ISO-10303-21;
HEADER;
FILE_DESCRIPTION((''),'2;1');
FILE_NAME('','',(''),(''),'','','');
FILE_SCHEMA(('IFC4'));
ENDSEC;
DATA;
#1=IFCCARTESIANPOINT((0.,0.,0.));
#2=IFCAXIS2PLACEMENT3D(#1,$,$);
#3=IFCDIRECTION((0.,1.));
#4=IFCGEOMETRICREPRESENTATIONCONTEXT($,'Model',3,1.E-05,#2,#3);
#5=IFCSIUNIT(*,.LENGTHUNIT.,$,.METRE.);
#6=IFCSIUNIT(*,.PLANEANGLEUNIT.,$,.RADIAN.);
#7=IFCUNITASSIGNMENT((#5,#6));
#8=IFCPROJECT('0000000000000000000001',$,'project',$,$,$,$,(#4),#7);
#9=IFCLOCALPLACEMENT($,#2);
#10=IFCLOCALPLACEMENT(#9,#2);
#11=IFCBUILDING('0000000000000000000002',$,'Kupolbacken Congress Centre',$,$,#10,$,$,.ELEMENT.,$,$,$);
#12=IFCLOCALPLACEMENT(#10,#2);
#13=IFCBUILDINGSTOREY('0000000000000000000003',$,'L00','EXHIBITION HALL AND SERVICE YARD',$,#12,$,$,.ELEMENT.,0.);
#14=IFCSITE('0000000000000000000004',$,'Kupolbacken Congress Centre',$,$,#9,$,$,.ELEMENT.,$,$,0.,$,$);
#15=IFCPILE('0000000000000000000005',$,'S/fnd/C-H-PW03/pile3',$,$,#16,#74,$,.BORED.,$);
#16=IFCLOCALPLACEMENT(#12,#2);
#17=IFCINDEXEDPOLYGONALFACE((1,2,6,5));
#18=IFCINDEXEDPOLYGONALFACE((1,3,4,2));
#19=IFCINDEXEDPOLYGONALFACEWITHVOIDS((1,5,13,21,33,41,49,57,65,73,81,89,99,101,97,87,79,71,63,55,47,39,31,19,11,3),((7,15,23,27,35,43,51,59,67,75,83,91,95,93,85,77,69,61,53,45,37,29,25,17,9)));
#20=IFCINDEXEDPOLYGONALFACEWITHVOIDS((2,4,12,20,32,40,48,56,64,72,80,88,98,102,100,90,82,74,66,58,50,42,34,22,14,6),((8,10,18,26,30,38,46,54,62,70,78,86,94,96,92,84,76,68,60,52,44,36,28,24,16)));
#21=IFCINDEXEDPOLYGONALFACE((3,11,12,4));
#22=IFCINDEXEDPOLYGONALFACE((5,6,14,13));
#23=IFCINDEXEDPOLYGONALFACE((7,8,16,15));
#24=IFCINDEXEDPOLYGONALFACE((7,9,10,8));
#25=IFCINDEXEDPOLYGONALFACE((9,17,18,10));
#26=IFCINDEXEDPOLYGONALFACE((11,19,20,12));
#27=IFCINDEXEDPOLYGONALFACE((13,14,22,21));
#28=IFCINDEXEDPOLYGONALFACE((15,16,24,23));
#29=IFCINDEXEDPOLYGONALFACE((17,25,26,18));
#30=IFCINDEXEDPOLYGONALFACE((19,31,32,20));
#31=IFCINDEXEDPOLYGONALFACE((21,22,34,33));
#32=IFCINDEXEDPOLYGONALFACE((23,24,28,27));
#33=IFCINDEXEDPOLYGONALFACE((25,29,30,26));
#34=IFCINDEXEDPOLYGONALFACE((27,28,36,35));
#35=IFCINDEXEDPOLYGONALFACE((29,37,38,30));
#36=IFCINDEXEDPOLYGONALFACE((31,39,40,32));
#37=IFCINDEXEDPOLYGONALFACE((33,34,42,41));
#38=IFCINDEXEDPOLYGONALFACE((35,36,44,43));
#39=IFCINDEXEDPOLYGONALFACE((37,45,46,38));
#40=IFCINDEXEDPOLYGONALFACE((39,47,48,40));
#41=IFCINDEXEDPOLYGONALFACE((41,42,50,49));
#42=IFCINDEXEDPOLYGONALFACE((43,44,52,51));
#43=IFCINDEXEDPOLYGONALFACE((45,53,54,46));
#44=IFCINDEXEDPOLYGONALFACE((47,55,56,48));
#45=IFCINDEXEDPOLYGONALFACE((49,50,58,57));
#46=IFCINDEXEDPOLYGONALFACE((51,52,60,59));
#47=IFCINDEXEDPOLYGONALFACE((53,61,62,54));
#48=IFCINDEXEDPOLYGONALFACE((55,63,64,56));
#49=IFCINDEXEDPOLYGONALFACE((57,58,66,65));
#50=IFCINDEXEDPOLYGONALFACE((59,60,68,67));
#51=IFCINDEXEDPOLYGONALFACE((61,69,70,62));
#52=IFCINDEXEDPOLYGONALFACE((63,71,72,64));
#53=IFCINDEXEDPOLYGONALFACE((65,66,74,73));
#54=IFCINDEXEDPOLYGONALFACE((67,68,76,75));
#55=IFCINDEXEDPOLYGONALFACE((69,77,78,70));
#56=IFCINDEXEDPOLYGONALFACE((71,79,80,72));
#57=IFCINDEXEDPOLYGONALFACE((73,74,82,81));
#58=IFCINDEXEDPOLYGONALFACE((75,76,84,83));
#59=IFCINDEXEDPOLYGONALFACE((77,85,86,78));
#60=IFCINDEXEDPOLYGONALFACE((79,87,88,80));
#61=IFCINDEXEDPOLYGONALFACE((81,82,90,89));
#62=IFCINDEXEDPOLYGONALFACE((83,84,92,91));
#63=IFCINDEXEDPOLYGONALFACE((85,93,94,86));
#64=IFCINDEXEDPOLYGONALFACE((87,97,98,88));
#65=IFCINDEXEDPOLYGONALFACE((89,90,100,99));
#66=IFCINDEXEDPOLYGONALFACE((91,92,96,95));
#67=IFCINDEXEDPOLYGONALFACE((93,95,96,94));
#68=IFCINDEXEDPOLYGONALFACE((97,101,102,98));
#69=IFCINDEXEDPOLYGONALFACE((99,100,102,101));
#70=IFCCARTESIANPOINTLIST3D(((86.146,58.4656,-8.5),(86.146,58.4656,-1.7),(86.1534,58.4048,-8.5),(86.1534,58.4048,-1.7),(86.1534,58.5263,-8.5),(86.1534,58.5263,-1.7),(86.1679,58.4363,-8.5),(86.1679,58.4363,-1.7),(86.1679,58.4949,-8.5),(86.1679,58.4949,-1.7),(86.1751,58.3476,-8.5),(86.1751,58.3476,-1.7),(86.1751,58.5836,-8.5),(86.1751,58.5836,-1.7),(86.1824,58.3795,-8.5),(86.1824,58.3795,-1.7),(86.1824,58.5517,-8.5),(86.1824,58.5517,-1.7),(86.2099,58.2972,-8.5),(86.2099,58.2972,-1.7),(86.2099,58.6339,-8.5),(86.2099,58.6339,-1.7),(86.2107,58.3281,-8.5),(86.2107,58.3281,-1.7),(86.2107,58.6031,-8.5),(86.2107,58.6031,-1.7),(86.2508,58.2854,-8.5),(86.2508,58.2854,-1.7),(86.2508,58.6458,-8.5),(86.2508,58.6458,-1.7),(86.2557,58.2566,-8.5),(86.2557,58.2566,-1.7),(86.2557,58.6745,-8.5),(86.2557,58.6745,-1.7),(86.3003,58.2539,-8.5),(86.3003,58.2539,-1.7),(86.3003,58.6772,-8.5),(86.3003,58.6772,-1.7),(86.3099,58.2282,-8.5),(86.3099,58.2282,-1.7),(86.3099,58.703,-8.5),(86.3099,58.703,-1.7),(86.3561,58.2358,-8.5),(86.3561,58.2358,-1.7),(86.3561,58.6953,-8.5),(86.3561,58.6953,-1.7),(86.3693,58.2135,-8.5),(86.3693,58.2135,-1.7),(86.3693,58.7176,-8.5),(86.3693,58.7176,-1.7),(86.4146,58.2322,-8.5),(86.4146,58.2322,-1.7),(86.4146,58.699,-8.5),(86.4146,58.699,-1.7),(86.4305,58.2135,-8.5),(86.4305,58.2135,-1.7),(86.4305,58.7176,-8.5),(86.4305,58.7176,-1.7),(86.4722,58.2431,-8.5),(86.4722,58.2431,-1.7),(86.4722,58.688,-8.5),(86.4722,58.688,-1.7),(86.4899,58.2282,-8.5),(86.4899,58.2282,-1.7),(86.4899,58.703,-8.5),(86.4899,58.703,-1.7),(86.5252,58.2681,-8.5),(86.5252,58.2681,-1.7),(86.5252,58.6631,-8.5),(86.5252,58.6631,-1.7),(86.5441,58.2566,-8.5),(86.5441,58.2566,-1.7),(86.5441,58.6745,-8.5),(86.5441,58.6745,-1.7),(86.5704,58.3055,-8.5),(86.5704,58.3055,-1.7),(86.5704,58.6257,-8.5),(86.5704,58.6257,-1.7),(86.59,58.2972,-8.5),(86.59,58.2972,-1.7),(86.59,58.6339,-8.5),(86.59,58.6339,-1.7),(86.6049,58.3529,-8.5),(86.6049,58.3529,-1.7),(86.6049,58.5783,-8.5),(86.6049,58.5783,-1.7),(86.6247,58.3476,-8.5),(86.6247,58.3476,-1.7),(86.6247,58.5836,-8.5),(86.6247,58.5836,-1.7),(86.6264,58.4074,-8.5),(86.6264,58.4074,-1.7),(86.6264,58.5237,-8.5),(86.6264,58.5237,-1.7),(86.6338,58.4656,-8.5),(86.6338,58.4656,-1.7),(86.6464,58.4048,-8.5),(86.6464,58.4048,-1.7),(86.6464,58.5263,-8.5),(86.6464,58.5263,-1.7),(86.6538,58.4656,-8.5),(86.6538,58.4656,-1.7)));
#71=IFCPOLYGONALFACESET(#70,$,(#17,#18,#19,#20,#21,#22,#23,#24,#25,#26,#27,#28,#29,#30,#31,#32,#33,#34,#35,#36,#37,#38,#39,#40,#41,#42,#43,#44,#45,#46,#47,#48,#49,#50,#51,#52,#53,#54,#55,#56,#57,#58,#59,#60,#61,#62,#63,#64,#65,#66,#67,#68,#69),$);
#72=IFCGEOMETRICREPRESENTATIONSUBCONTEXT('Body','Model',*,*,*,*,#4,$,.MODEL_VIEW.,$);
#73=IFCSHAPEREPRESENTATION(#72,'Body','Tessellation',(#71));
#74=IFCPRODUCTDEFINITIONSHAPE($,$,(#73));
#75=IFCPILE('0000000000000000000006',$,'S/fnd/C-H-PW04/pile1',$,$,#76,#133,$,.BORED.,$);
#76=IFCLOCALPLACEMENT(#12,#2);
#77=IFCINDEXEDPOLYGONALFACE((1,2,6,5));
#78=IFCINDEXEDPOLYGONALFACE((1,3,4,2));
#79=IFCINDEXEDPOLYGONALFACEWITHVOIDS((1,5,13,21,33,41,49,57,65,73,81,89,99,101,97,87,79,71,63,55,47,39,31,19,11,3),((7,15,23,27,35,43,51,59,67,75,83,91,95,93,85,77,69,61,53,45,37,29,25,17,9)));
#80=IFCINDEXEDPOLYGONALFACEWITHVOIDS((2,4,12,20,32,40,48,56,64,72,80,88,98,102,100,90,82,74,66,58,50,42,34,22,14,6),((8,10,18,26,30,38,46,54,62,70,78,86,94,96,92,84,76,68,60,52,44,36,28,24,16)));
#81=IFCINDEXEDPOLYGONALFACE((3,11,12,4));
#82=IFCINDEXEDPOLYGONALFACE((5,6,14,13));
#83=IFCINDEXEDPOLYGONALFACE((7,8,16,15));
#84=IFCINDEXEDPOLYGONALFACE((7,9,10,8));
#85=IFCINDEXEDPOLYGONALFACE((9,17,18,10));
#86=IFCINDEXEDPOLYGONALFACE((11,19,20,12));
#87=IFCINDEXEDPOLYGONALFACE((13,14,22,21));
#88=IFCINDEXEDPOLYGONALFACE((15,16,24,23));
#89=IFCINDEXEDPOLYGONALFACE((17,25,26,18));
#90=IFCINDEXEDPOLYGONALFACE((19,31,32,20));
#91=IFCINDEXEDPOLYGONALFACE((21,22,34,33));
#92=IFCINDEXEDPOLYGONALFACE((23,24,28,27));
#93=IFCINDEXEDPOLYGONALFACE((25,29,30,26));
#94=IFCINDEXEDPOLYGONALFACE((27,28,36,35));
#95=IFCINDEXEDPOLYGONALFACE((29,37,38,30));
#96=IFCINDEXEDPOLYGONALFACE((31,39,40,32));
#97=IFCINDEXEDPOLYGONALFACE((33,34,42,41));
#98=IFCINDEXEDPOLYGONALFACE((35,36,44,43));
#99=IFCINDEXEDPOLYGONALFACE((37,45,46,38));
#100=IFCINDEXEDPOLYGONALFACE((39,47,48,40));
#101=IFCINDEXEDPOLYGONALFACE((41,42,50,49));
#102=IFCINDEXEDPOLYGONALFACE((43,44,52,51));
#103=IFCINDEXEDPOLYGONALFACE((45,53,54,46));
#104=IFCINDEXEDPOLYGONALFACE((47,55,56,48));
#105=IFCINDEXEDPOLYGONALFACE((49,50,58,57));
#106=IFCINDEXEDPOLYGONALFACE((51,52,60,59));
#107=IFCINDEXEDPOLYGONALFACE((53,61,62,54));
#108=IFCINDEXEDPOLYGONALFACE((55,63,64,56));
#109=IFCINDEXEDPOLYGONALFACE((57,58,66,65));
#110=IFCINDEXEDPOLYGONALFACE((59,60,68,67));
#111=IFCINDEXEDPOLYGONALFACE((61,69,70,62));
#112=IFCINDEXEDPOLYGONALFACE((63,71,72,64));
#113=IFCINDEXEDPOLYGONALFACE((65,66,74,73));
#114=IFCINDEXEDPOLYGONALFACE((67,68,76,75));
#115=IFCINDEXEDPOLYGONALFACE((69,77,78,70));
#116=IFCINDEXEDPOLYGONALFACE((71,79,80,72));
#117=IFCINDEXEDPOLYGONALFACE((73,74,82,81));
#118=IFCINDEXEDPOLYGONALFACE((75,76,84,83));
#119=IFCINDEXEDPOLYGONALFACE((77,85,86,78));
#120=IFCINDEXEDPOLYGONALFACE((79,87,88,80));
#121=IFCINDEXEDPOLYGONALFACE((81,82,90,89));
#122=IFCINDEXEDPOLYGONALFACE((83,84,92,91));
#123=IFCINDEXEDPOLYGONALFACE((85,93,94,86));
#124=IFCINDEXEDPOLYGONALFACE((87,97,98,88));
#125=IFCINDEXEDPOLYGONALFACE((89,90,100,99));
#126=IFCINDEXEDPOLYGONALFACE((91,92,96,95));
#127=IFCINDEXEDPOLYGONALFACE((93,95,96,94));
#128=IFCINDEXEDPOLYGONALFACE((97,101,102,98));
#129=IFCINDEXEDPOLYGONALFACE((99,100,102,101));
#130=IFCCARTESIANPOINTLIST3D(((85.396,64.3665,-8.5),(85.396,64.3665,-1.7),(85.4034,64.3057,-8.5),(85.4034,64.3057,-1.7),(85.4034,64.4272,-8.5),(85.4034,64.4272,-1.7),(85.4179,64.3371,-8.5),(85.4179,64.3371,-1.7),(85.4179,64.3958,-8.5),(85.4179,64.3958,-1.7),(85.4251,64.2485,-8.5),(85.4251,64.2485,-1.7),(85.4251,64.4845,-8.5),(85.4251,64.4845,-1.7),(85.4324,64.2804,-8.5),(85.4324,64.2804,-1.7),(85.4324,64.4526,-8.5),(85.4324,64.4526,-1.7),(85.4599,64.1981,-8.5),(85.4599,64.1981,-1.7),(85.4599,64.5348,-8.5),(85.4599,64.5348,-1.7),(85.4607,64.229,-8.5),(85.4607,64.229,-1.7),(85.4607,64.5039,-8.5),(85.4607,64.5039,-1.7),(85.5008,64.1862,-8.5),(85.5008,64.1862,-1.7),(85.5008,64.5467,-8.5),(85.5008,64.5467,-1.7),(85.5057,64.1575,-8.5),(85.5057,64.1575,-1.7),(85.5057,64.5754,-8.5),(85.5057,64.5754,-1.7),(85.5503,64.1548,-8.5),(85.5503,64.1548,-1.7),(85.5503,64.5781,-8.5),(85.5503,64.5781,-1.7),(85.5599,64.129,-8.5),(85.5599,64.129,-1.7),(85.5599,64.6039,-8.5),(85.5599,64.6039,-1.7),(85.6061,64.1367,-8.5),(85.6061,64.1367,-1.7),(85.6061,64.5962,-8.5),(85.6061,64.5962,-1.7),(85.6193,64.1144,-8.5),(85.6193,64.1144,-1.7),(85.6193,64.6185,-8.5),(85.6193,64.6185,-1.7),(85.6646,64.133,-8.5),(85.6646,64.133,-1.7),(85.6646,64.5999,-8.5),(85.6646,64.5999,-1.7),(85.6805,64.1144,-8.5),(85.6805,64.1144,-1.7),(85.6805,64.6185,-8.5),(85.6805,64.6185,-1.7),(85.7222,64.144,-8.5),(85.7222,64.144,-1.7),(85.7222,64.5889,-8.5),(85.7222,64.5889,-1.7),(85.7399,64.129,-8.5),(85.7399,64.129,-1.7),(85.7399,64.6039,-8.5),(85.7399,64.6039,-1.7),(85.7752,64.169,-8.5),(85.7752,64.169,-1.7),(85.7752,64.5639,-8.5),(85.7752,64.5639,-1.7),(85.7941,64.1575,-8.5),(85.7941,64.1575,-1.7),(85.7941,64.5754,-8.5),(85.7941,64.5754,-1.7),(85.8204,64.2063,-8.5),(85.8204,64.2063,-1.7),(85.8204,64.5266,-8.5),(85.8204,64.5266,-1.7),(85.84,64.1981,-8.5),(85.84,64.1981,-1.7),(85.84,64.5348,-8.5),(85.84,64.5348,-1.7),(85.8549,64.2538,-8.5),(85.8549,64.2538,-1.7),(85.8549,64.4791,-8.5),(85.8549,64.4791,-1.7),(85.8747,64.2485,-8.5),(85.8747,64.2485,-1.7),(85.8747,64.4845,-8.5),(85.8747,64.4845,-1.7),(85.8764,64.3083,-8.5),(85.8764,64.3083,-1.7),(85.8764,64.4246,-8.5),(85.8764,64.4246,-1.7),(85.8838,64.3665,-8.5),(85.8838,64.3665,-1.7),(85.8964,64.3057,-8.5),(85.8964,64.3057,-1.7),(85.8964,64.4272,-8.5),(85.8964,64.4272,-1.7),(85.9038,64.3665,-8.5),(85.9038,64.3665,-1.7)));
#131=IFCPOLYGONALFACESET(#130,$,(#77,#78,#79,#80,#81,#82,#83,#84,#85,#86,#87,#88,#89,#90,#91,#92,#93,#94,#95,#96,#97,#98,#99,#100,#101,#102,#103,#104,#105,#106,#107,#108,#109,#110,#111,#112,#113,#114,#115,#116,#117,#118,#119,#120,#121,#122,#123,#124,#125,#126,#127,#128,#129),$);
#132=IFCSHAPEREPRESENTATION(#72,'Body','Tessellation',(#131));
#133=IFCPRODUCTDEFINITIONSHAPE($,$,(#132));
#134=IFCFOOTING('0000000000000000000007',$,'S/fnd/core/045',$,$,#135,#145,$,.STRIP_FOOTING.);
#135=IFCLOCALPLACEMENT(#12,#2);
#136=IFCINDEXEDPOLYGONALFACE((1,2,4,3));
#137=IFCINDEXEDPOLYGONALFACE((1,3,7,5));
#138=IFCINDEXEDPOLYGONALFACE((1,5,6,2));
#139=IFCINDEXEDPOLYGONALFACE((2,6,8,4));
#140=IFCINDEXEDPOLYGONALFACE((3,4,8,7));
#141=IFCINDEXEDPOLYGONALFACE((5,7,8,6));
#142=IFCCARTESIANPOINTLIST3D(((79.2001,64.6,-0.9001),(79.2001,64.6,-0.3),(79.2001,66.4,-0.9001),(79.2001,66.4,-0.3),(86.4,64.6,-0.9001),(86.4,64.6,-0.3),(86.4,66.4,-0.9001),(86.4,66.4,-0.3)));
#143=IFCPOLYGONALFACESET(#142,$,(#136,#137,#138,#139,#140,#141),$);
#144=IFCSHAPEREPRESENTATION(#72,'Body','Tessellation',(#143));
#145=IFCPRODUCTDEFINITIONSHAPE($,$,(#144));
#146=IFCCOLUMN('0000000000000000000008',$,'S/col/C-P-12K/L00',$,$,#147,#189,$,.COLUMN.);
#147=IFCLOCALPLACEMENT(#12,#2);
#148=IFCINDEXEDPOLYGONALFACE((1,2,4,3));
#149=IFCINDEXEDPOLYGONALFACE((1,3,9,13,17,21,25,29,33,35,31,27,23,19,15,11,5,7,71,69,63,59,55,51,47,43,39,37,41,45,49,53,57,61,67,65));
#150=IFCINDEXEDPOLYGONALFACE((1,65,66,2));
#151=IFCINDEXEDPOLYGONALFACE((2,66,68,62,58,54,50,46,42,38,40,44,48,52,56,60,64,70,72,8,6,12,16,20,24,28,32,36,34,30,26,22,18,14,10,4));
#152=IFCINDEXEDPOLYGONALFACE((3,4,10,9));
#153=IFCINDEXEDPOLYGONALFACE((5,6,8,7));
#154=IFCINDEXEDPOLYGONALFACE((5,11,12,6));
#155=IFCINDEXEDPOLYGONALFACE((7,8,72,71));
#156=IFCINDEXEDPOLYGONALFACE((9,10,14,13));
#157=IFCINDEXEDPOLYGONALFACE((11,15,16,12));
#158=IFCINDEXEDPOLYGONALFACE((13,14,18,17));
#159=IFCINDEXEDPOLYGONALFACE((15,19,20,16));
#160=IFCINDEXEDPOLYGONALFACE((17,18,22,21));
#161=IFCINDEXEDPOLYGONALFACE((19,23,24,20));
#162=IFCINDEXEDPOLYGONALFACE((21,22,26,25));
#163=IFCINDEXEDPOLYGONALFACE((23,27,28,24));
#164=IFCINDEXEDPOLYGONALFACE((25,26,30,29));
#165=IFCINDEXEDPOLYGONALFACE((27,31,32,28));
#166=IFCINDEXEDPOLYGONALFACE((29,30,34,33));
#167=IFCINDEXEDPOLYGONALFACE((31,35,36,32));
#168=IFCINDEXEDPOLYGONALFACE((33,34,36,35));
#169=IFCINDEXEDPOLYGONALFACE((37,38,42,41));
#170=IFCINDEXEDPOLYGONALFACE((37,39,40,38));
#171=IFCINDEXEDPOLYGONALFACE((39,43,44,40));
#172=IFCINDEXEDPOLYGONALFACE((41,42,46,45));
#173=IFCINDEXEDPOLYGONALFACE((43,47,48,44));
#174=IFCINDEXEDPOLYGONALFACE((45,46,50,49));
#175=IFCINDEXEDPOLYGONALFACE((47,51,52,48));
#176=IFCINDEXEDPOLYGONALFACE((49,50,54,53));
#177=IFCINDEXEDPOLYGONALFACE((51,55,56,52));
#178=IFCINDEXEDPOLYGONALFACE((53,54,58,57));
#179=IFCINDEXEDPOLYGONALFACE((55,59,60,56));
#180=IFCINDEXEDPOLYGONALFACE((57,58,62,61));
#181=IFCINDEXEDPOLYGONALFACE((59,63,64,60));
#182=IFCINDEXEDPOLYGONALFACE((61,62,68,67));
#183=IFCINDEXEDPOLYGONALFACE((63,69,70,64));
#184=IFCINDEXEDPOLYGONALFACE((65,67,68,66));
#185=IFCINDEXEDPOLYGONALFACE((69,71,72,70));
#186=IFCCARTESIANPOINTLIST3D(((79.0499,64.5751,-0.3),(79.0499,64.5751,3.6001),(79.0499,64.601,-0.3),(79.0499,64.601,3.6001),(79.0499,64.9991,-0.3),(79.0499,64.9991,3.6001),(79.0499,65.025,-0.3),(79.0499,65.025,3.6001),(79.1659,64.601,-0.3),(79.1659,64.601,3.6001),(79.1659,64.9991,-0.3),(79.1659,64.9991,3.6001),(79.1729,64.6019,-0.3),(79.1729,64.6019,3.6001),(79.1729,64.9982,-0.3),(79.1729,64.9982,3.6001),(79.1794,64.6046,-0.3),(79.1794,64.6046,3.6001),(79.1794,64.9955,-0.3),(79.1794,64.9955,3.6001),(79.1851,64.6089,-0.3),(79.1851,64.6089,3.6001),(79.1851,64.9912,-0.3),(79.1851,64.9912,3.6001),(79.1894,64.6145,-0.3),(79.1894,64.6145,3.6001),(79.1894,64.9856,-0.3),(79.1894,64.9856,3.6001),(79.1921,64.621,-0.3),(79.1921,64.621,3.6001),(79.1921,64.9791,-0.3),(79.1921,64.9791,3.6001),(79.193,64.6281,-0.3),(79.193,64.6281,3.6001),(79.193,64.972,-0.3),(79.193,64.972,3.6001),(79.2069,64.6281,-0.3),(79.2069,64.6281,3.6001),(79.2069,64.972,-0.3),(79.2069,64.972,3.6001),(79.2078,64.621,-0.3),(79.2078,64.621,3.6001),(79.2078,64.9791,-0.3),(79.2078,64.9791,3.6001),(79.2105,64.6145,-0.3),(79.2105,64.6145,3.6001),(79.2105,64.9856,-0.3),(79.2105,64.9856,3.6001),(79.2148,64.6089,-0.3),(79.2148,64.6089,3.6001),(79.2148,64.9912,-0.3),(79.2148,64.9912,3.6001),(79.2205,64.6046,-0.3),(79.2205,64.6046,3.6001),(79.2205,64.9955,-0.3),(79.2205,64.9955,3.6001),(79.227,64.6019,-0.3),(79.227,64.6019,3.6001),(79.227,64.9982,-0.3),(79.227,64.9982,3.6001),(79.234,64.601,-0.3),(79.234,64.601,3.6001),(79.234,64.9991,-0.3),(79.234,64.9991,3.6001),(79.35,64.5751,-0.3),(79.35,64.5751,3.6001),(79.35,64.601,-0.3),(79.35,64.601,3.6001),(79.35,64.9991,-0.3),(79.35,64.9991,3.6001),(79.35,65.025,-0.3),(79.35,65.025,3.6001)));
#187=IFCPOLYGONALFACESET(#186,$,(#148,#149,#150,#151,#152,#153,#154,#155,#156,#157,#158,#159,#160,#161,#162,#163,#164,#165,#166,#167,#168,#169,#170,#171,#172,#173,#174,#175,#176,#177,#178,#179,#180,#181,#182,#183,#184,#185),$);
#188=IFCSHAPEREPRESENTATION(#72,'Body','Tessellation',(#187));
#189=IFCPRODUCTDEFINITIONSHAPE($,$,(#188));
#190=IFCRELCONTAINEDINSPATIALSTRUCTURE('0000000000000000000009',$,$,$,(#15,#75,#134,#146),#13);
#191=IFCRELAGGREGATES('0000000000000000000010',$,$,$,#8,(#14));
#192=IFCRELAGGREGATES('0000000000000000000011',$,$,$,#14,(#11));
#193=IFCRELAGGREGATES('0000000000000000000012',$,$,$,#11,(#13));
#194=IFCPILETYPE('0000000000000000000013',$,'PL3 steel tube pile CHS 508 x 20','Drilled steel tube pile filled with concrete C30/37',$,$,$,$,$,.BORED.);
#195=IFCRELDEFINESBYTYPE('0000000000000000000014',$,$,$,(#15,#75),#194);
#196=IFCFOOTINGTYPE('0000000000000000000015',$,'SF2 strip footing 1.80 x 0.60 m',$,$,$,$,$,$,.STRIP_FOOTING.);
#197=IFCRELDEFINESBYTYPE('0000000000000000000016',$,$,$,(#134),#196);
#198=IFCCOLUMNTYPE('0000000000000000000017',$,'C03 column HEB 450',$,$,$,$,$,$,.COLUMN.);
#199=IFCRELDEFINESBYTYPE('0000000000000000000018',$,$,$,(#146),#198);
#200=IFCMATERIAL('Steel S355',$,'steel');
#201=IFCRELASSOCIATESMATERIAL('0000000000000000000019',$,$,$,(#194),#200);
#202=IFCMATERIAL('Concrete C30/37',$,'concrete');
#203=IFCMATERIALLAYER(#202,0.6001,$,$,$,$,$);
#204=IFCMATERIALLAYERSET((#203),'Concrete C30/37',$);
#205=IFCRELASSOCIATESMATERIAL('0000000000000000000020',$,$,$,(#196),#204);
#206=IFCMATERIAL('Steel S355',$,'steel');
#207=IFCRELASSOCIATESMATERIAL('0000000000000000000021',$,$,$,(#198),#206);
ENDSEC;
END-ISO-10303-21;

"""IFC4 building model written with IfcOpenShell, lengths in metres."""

from ifc_helpers import new_model, si_unit, direction, frame, origin, origin_2d, place, context, subcontext, project, spatial, rectangle, hollow_circle, i_section, extrude, material, layer, layer_set, material_profile, profile_set, type_object, element, save


model = new_model("IFC4")

# Units and contexts
model_context = context("Model", 3, precision=1e-05, world=origin(), true_north=direction((0.0, 1.0)))
body_context = subcontext(model_context, "Body", "Model", "MODEL_VIEW")
ifc_project = project(units=[si_unit("LENGTHUNIT", "METRE"), si_unit("PLANEANGLEUNIT", "RADIAN")], contexts=[model_context])

# Site, building, storey
site_placement = place(None, origin())
site = spatial("IfcSite", under=ifc_project, at=site_placement, Name="Kupolbacken Congress Centre", CompositionType="ELEMENT", RefElevation=0.0)
building_placement = place(site_placement, origin())
building = spatial("IfcBuilding", under=site, at=building_placement, Name="Kupolbacken Congress Centre", CompositionType="ELEMENT")
storey_placement = place(building_placement, origin())
storey = spatial("IfcBuildingStorey", under=building, at=storey_placement, Name="L00", Description="EXHIBITION HALL AND SERVICE YARD", CompositionType="ELEMENT", Elevation=0.0)

# Piles
ifc_material_1 = material(Name="Steel S355", Category="steel")
ifc_material_profile_1 = material_profile(ifc_material_1, hollow_circle(Radius=0.2539, WallThickness=0.02, at=origin_2d()), Name="CHS 508 x 20")
ifc_profile_set_1 = profile_set([ifc_material_profile_1], Name="Steel S355")
pile_type = type_object("IfcPileType", Name="PL3 steel tube pile CHS 508 x 20", Description="Drilled steel tube pile filled with concrete C30/37", PredefinedType="BORED", material=ifc_profile_set_1)
for number, where, z_axis, x_axis, name in (
    (1, (86.3999, 58.4656, -1.7), (0.0, 0.0, -1.0), (1.0, 0.0, 0.0), "S/fnd/C-H-PW03/pile3"),
    (2, (85.6499, 64.3665, -1.7), (0.0, 0.0, -1.0), (1.0, 0.0, 0.0), "S/fnd/C-H-PW04/pile1"),
):
    element("IfcPile", number, at=place(storey_placement, frame(where, z_axis=z_axis, x_axis=x_axis)), inside=storey, type_object=pile_type, Name=name, PredefinedType="BORED", context=body_context, shape_type="SweptSolid", body=[
        extrude(hollow_circle(Radius=0.2539, WallThickness=0.02, at=origin_2d()), origin(), (0.0, 0.0, 1.0), 6.8),
    ])

# Footing
ifc_material_2 = material(Name="Concrete C30/37", Category="concrete")
ifc_layer_1 = layer(ifc_material_2, 0.6001)
ifc_layer_set_1 = layer_set([ifc_layer_1], Name="Concrete C30/37")
footing_type_1 = type_object("IfcFootingType", Name="SF2 strip footing 1.80 x 0.60 m", PredefinedType="STRIP_FOOTING", material=ifc_layer_set_1)
footing_1_placement = place(storey_placement, frame((82.8, 65.5, -0.9001), z_axis=(0.0, 0.0, 1.0), x_axis=(1.0, 0.0, 0.0)))
element("IfcFooting", 3, at=footing_1_placement, inside=storey, type_object=footing_type_1, Name="S/fnd/core/045", PredefinedType="STRIP_FOOTING", context=body_context, shape_type="SweptSolid", body=[
    extrude(rectangle(XDim=7.2, YDim=1.8, at=origin_2d()), origin(), (0.0, 0.0, 1.0), 0.6001),
])

# Column
ifc_material_3 = material(Name="Steel S355", Category="steel")
ifc_material_profile_2 = material_profile(ifc_material_3, i_section(OverallWidth=0.3, OverallDepth=0.45, WebThickness=0.0139, FlangeThickness=0.0259, FilletRadius=0.0271, at=origin_2d()), Name="HEB 450")
ifc_profile_set_2 = profile_set([ifc_material_profile_2], Name="Steel S355")
column_type_1 = type_object("IfcColumnType", Name="C03 column HEB 450", PredefinedType="COLUMN", material=ifc_profile_set_2)
column_placement = place(storey_placement, frame((79.2, 64.8, -0.3), z_axis=(0.0, 0.0, 1.0), x_axis=(1.0, 0.0, 0.0)))
element("IfcColumn", 4, at=column_placement, inside=storey, type_object=column_type_1, Name="S/col/C-P-12K/L00", PredefinedType="COLUMN", context=body_context, shape_type="SweptSolid", body=[
    extrude(i_section(OverallWidth=0.3, OverallDepth=0.45, WebThickness=0.0139, FlangeThickness=0.0259, FilletRadius=0.0271, at=origin_2d()), origin(), (0.0, 0.0, 1.0), 3.9001),
])

save(model, "model.ifc")
